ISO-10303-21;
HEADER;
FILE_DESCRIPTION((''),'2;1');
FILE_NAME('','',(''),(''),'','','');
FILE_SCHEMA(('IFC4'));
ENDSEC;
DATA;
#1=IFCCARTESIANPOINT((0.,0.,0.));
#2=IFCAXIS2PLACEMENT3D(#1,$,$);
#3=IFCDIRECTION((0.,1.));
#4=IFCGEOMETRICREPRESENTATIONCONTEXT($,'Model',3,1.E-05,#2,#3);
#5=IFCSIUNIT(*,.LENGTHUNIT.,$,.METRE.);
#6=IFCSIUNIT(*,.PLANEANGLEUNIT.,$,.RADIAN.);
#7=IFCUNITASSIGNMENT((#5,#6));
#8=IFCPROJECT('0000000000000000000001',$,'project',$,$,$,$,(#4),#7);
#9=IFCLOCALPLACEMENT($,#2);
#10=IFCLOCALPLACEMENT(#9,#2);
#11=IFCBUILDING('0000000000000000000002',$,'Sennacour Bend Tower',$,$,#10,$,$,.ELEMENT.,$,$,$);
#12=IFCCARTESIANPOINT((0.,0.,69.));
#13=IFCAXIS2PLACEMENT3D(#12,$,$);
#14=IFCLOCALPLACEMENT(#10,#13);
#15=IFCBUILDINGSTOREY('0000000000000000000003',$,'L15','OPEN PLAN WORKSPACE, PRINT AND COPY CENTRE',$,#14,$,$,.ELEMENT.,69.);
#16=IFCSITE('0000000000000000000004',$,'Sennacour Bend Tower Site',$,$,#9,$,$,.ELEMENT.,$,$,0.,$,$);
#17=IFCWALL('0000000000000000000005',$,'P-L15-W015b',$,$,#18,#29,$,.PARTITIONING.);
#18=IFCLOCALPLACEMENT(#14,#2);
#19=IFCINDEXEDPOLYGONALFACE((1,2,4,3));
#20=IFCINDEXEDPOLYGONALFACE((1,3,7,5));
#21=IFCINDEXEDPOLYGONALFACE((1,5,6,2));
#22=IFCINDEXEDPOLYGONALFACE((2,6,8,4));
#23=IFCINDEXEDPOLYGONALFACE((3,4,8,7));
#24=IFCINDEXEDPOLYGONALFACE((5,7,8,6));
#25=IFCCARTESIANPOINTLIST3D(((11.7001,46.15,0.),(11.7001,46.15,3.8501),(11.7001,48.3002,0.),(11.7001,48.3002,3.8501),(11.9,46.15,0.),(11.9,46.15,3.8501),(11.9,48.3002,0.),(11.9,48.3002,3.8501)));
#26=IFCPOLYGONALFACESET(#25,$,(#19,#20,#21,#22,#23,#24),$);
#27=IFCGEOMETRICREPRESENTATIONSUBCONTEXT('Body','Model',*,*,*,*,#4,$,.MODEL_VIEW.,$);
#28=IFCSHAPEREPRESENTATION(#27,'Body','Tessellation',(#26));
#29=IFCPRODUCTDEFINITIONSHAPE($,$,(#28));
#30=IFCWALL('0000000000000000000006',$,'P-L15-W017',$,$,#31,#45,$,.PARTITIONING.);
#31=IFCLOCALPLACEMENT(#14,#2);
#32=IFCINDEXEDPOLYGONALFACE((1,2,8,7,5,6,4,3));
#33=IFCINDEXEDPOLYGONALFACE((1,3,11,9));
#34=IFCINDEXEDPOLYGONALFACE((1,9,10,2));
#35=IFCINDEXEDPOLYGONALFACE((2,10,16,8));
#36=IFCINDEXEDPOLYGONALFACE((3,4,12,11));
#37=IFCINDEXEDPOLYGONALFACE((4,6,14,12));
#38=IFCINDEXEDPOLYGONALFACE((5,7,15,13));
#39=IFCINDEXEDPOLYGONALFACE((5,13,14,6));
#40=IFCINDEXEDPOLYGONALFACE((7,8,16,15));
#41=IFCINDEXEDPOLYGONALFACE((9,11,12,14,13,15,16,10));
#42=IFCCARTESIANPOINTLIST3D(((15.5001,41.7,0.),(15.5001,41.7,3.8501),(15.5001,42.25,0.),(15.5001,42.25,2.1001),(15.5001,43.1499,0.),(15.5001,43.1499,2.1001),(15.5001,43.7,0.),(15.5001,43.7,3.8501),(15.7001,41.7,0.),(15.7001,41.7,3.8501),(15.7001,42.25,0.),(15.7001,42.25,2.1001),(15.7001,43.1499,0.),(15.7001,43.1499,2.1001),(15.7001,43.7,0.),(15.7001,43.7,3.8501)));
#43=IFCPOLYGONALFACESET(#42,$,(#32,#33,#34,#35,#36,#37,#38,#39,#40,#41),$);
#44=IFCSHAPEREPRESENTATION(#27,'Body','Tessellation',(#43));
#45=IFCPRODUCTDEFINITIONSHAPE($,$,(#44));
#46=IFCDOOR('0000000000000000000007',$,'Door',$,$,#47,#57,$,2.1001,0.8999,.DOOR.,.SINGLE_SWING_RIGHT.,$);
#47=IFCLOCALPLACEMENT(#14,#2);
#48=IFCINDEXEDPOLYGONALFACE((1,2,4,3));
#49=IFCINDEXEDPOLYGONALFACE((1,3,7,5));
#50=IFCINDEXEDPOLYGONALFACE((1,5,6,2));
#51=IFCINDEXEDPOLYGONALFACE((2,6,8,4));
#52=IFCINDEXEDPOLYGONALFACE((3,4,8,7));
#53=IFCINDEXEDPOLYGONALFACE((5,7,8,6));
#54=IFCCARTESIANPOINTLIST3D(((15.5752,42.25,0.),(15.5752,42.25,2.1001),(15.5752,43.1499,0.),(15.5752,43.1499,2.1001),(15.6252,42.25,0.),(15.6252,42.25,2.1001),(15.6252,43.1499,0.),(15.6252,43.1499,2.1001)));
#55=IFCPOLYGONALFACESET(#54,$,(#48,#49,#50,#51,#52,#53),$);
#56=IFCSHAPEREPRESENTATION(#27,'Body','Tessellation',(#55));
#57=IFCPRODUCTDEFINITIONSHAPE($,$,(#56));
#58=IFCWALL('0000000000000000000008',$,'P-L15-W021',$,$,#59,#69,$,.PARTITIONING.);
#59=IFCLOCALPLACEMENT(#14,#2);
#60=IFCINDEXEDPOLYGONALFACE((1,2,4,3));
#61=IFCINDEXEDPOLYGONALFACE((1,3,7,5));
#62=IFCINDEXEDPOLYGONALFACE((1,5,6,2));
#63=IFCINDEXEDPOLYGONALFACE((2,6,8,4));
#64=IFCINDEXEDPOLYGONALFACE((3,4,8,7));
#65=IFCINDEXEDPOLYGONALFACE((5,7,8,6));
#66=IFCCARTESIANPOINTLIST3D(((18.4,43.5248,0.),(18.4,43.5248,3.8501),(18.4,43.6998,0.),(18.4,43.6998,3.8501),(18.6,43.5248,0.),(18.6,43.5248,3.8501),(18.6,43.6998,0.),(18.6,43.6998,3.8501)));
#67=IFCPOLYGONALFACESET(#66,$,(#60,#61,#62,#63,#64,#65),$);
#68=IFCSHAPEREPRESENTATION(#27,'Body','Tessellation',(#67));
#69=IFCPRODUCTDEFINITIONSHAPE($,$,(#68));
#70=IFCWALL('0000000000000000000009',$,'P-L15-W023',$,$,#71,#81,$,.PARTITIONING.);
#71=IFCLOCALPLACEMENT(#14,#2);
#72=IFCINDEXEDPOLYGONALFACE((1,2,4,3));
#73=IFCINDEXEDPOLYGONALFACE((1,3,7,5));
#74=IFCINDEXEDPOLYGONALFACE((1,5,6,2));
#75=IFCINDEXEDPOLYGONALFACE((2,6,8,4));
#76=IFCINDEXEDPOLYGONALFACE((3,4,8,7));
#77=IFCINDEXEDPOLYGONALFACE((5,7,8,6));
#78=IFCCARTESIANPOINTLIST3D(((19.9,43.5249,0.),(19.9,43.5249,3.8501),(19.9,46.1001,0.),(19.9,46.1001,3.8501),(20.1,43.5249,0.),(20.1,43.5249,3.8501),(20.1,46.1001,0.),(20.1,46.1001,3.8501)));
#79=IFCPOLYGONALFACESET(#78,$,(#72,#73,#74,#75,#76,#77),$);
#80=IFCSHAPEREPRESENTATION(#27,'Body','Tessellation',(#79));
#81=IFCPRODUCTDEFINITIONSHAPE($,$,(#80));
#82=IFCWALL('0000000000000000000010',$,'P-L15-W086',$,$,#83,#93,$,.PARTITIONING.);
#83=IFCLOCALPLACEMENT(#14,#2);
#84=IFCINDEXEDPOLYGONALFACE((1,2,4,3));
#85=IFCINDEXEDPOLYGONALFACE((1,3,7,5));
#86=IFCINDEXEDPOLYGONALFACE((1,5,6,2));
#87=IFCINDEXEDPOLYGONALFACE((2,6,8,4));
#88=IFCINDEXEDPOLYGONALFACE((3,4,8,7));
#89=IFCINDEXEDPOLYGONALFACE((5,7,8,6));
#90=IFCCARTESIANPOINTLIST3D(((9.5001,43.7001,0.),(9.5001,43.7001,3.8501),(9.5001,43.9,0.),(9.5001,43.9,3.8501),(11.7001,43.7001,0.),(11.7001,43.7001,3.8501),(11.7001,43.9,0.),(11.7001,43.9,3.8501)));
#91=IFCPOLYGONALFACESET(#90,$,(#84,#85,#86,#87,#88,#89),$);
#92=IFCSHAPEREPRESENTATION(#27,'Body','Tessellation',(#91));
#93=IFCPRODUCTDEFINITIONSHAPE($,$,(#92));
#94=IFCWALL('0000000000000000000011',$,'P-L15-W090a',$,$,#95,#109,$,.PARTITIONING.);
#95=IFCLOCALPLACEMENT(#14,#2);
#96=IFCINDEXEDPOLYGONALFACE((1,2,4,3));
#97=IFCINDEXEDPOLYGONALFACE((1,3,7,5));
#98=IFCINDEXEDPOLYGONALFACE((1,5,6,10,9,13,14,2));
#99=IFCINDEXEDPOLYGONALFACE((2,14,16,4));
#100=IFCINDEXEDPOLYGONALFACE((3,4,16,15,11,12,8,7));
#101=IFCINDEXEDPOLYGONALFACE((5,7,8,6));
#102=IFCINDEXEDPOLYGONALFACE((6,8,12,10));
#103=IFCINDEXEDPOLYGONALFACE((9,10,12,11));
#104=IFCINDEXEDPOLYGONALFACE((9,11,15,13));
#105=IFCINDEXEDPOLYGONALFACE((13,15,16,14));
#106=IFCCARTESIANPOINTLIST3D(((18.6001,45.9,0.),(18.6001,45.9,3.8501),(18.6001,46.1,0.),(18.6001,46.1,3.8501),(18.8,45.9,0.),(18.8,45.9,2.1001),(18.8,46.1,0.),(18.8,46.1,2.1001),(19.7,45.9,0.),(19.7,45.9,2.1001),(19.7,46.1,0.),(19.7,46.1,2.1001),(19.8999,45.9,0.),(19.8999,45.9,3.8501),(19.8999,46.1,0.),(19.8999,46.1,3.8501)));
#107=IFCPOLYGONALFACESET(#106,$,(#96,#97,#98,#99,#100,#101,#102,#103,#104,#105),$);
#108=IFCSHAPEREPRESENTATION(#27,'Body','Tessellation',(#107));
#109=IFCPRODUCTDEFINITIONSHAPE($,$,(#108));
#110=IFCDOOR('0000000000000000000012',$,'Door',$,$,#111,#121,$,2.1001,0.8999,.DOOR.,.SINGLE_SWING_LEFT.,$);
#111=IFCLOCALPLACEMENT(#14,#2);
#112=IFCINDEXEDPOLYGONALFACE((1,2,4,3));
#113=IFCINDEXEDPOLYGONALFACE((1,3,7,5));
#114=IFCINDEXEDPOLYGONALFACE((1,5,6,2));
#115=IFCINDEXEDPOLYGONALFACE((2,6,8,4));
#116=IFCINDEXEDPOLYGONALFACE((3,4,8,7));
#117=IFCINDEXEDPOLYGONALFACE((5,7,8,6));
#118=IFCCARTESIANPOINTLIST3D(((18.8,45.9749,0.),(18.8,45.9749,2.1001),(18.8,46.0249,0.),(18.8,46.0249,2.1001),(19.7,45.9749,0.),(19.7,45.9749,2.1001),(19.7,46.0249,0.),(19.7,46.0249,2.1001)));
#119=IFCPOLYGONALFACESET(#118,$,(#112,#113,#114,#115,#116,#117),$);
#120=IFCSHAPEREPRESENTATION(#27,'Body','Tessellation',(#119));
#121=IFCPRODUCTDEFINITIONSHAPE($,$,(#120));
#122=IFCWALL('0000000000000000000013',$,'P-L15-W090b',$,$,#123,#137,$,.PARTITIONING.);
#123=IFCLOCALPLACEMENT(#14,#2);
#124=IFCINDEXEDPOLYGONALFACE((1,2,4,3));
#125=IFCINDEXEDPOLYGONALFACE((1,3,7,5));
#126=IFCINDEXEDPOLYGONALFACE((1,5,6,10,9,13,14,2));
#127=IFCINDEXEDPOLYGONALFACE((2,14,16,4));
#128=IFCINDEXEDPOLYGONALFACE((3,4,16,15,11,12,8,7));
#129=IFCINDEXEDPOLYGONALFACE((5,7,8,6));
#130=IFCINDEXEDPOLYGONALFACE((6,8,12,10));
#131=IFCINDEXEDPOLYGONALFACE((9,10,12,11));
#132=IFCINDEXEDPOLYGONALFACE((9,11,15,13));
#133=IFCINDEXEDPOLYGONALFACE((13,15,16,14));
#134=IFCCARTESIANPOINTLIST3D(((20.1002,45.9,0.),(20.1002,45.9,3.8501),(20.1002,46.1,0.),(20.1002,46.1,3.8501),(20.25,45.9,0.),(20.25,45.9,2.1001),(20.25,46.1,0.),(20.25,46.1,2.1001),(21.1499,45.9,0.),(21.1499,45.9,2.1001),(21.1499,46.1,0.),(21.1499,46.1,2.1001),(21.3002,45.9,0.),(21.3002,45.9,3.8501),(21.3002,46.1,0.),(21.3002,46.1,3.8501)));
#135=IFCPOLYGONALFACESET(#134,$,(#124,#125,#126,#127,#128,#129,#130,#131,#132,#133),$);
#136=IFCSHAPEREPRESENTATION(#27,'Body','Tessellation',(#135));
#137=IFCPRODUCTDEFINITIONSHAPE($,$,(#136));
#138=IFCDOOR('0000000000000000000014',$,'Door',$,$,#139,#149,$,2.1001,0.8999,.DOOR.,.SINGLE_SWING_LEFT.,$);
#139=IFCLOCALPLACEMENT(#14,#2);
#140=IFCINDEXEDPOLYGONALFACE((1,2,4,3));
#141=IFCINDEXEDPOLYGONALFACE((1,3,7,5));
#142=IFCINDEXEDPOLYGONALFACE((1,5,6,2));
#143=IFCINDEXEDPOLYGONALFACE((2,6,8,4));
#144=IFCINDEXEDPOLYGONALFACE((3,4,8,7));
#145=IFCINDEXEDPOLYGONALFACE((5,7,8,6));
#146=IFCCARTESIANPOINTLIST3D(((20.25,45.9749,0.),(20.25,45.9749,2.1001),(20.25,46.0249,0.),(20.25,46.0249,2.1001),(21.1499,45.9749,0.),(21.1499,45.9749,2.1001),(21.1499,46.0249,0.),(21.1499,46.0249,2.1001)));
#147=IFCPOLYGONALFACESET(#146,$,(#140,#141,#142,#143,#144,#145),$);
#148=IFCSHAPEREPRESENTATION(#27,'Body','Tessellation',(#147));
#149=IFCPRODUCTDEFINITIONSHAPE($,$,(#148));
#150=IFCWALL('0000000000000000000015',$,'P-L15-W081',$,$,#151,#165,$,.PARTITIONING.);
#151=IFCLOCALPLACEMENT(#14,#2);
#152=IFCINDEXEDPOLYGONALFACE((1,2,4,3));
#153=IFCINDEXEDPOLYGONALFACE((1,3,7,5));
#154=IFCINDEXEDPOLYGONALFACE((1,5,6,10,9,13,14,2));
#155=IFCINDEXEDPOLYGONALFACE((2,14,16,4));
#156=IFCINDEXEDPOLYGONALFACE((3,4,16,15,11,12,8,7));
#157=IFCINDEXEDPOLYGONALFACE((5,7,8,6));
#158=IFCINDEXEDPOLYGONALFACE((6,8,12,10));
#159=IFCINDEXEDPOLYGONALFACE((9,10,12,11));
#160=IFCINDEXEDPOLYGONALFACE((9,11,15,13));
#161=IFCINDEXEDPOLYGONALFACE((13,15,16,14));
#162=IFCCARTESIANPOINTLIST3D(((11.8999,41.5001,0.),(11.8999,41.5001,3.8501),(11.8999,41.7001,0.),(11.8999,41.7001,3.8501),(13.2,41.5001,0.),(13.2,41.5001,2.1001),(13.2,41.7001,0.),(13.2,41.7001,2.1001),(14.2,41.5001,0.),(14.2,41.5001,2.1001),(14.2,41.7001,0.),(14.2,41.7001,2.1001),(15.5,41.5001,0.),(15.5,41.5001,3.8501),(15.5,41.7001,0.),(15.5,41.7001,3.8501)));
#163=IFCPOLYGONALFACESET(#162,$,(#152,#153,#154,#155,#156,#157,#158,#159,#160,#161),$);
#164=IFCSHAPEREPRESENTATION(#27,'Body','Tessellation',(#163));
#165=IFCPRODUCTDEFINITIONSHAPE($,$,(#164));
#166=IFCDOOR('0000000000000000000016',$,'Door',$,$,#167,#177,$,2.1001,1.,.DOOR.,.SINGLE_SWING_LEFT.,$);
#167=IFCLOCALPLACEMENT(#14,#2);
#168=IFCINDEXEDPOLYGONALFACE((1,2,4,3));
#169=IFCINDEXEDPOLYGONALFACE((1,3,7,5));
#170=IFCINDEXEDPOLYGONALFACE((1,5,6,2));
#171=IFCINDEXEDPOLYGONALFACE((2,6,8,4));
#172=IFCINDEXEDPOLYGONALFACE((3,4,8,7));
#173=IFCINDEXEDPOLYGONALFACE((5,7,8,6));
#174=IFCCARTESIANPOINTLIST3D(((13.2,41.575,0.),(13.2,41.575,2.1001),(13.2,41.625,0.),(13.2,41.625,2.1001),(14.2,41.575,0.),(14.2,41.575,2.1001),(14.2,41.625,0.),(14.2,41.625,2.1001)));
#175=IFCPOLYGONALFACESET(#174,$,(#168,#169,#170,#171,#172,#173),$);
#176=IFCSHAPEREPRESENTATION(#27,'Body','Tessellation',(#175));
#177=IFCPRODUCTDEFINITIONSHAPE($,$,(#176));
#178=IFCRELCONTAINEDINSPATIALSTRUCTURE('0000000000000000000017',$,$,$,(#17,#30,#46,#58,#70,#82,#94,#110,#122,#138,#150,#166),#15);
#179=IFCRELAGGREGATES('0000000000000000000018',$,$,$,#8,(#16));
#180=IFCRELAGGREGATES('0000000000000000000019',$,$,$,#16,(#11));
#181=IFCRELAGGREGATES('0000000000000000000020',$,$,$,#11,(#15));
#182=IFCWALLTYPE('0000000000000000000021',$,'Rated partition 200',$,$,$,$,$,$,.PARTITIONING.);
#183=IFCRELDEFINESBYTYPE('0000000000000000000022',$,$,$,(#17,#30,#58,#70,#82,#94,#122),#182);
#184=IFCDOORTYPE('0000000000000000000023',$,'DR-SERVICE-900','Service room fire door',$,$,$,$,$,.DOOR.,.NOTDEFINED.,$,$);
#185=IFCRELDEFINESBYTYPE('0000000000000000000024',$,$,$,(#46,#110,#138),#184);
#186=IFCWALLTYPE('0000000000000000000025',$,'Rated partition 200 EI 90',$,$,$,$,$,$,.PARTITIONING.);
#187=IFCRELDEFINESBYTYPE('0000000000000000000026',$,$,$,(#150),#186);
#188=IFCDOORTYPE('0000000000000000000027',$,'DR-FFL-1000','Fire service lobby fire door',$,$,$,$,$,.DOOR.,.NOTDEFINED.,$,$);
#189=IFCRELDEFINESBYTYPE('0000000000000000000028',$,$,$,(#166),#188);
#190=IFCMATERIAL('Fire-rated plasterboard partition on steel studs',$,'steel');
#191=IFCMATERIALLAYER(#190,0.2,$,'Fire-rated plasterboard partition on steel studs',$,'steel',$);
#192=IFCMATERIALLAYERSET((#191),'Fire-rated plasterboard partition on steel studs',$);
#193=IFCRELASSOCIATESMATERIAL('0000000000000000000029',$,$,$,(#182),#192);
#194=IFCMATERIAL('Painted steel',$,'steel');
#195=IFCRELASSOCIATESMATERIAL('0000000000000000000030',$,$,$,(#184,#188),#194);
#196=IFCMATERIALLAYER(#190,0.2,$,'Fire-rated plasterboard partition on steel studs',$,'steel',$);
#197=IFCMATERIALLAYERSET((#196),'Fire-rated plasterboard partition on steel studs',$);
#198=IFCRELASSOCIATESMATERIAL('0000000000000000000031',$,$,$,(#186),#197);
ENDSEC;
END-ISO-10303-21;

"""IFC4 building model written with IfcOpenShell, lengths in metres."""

from ifc_helpers import new_model, si_unit, direction, frame, frame_2d, origin, place, context, subcontext, project, spatial, rectangle, extrude, material, layer, layer_set, type_object, element, fill, save


model = new_model("IFC4")

# Units and contexts
model_context = context("Model", 3, precision=1e-05, world=origin(), true_north=direction((0.0, 1.0)))
body_context = subcontext(model_context, "Body", "Model", "MODEL_VIEW")
ifc_project = project(units=[si_unit("LENGTHUNIT", "METRE"), si_unit("PLANEANGLEUNIT", "RADIAN")], contexts=[model_context])

# Site, building, storey
site_placement = place(None, origin())
site = spatial("IfcSite", under=ifc_project, at=site_placement, Name="Sennacour Bend Tower Site", CompositionType="ELEMENT", RefElevation=0.0)
building_placement = place(site_placement, origin())
building = spatial("IfcBuilding", under=site, at=building_placement, Name="Sennacour Bend Tower", CompositionType="ELEMENT")
storey_placement = place(building_placement, frame((0.0, 0.0, 69.0)))
storey = spatial("IfcBuildingStorey", under=building, at=storey_placement, Name="L15", Description="OPEN PLAN WORKSPACE, PRINT AND COPY CENTRE", CompositionType="ELEMENT", Elevation=69.0)

# Wall
ifc_material_1 = material(Name="Fire-rated plasterboard partition on steel studs", Category="steel")
ifc_layer_1 = layer(ifc_material_1, 0.2, Name="Fire-rated plasterboard partition on steel studs", Category="steel")
ifc_layer_set_1 = layer_set([ifc_layer_1], Name="Fire-rated plasterboard partition on steel studs")
wall_type_1 = type_object("IfcWallType", Name="Rated partition 200", PredefinedType="PARTITIONING", material=ifc_layer_set_1)
wall_1_placement = place(storey_placement, frame((11.8, 46.1499, 0.0), z_axis=(0.0, 0.0, 1.0), x_axis=(0.0, 1.0, 0.0)))
element("IfcWall", 1, at=wall_1_placement, inside=storey, type_object=wall_type_1, Name="P-L15-W015b", PredefinedType="PARTITIONING", context=body_context, shape_type="SweptSolid", body=[
    extrude(rectangle(XDim=2.1501, YDim=0.2, at=frame_2d((1.0752, 0.0))), origin(), (0.0, 0.0, 1.0), 3.8501),
])

# Wall, opening, door
wall_2_placement = place(storey_placement, frame((15.6001, 41.7, 0.0), z_axis=(0.0, 0.0, 1.0), x_axis=(0.0, 1.0, 0.0)))
wall_2 = element("IfcWall", 2, at=wall_2_placement, inside=storey, type_object=wall_type_1, Name="P-L15-W017", PredefinedType="PARTITIONING", context=body_context, shape_type="SweptSolid", body=[
    extrude(rectangle(XDim=2.0, YDim=0.2, at=frame_2d((1.0, 0.0))), origin(), (0.0, 0.0, 1.0), 3.8501),
])
opening_1_placement = place(wall_2_placement, frame((0.55, 0.0, 0.0)))
opening_1 = element("IfcOpeningElement", 3, at=opening_1_placement, cuts=wall_2, PredefinedType="OPENING", context=body_context, shape_type="SweptSolid", body=[
    extrude(rectangle(XDim=0.8999, YDim=2.1001, at=frame_2d((0.45, 1.05))), frame((0.0, 0.1099, 0.0), z_axis=(0.0, -1.0, 0.0), x_axis=(1.0, 0.0, 0.0)), (0.0, 0.0, 1.0), 0.22),
])
ifc_material_2 = material(Name="Painted steel", Category="steel")
door_type_1 = type_object("IfcDoorType", Name="DR-SERVICE-900", Description="Service room fire door", OperationType="NOTDEFINED", PredefinedType="DOOR", material=ifc_material_2)
door_1_placement = place(opening_1_placement, origin())
door_1 = element("IfcDoor", 4, at=door_1_placement, inside=storey, type_object=door_type_1, Name="Door", OperationType="SINGLE_SWING_RIGHT", OverallHeight=2.1001, OverallWidth=0.8999, PredefinedType="DOOR", context=body_context, shape_type="SweptSolid", body=[
    extrude(rectangle(XDim=0.8999, YDim=2.1001, at=frame_2d((0.45, 1.05))), frame((0.0, 0.0249, 0.0), z_axis=(0.0, -1.0, 0.0), x_axis=(1.0, 0.0, 0.0)), (0.0, 0.0, 1.0), 0.05),
])
fill(opening_1, door_1)

# Walls
wall_3_placement = place(storey_placement, frame((18.5, 43.5249, 0.0), z_axis=(0.0, 0.0, 1.0), x_axis=(0.0, 1.0, 0.0)))
element("IfcWall", 5, at=wall_3_placement, inside=storey, type_object=wall_type_1, Name="P-L15-W021", PredefinedType="PARTITIONING", context=body_context, shape_type="SweptSolid", body=[
    extrude(rectangle(XDim=0.175, YDim=0.2, at=frame_2d((0.0874, 0.0))), origin(), (0.0, 0.0, 1.0), 3.8501),
])
wall_4_placement = place(storey_placement, frame((20.0, 43.5249, 0.0), z_axis=(0.0, 0.0, 1.0), x_axis=(0.0, 1.0, 0.0)))
element("IfcWall", 6, at=wall_4_placement, inside=storey, type_object=wall_type_1, Name="P-L15-W023", PredefinedType="PARTITIONING", context=body_context, shape_type="SweptSolid", body=[
    extrude(rectangle(XDim=2.5752, YDim=0.2, at=frame_2d((1.2876, 0.0))), origin(), (0.0, 0.0, 1.0), 3.8501),
])
wall_5_placement = place(storey_placement, frame((9.5, 43.8, 0.0), z_axis=(0.0, 0.0, 1.0), x_axis=(1.0, 0.0, 0.0)))
element("IfcWall", 7, at=wall_5_placement, inside=storey, type_object=wall_type_1, Name="P-L15-W086", PredefinedType="PARTITIONING", context=body_context, shape_type="SweptSolid", body=[
    extrude(rectangle(XDim=2.2, YDim=0.2, at=frame_2d((1.1001, 0.0))), origin(), (0.0, 0.0, 1.0), 3.8501),
])

# Walls, openings, doors
wall_6_placement = place(storey_placement, frame((18.6001, 46.0, 0.0), z_axis=(0.0, 0.0, 1.0), x_axis=(1.0, 0.0, 0.0)))
wall_6 = element("IfcWall", 8, at=wall_6_placement, inside=storey, type_object=wall_type_1, Name="P-L15-W090a", PredefinedType="PARTITIONING", context=body_context, shape_type="SweptSolid", body=[
    extrude(rectangle(XDim=1.2998, YDim=0.2, at=frame_2d((0.6499, 0.0))), origin(), (0.0, 0.0, 1.0), 3.8501),
])
opening_2_placement = place(wall_6_placement, frame((0.2, 0.0, 0.0)))
opening_2 = element("IfcOpeningElement", 9, at=opening_2_placement, cuts=wall_6, PredefinedType="OPENING", context=body_context, shape_type="SweptSolid", body=[
    extrude(rectangle(XDim=0.8999, YDim=2.1001, at=frame_2d((0.45, 1.05))), frame((0.0, 0.1099, 0.0), z_axis=(0.0, -1.0, 0.0), x_axis=(1.0, 0.0, 0.0)), (0.0, 0.0, 1.0), 0.22),
])
door_2_placement = place(opening_2_placement, origin())
door_2 = element("IfcDoor", 10, at=door_2_placement, inside=storey, type_object=door_type_1, Name="Door", OperationType="SINGLE_SWING_LEFT", OverallHeight=2.1001, OverallWidth=0.8999, PredefinedType="DOOR", context=body_context, shape_type="SweptSolid", body=[
    extrude(rectangle(XDim=0.8999, YDim=2.1001, at=frame_2d((0.45, 1.05))), frame((0.0, 0.0249, 0.0), z_axis=(0.0, -1.0, 0.0), x_axis=(1.0, 0.0, 0.0)), (0.0, 0.0, 1.0), 0.05),
])
fill(opening_2, door_2)
wall_7_placement = place(storey_placement, frame((20.1001, 46.0, 0.0), z_axis=(0.0, 0.0, 1.0), x_axis=(1.0, 0.0, 0.0)))
wall_7 = element("IfcWall", 11, at=wall_7_placement, inside=storey, type_object=wall_type_1, Name="P-L15-W090b", PredefinedType="PARTITIONING", context=body_context, shape_type="SweptSolid", body=[
    extrude(rectangle(XDim=1.2, YDim=0.2, at=frame_2d((0.6001, 0.0))), origin(), (0.0, 0.0, 1.0), 3.8501),
])
opening_3_placement = place(wall_7_placement, frame((0.1499, 0.0, 0.0)))
opening_3 = element("IfcOpeningElement", 12, at=opening_3_placement, cuts=wall_7, PredefinedType="OPENING", context=body_context, shape_type="SweptSolid", body=[
    extrude(rectangle(XDim=0.8999, YDim=2.1001, at=frame_2d((0.45, 1.05))), frame((0.0, 0.1099, 0.0), z_axis=(0.0, -1.0, 0.0), x_axis=(1.0, 0.0, 0.0)), (0.0, 0.0, 1.0), 0.22),
])
door_3_placement = place(opening_3_placement, origin())
door_3 = element("IfcDoor", 13, at=door_3_placement, inside=storey, type_object=door_type_1, Name="Door", OperationType="SINGLE_SWING_LEFT", OverallHeight=2.1001, OverallWidth=0.8999, PredefinedType="DOOR", context=body_context, shape_type="SweptSolid", body=[
    extrude(rectangle(XDim=0.8999, YDim=2.1001, at=frame_2d((0.45, 1.05))), frame((0.0, 0.0249, 0.0), z_axis=(0.0, -1.0, 0.0), x_axis=(1.0, 0.0, 0.0)), (0.0, 0.0, 1.0), 0.05),
])
fill(opening_3, door_3)
ifc_layer_2 = layer(ifc_material_1, 0.2, Name="Fire-rated plasterboard partition on steel studs", Category="steel")
ifc_layer_set_2 = layer_set([ifc_layer_2], Name="Fire-rated plasterboard partition on steel studs")
wall_type_2 = type_object("IfcWallType", Name="Rated partition 200 EI 90", PredefinedType="PARTITIONING", material=ifc_layer_set_2)
wall_8_placement = place(storey_placement, frame((11.8999, 41.6001, 0.0), z_axis=(0.0, 0.0, 1.0), x_axis=(1.0, 0.0, 0.0)))
wall_8 = element("IfcWall", 14, at=wall_8_placement, inside=storey, type_object=wall_type_2, Name="P-L15-W081", PredefinedType="PARTITIONING", context=body_context, shape_type="SweptSolid", body=[
    extrude(rectangle(XDim=3.6001, YDim=0.2, at=frame_2d((1.8, 0.0))), origin(), (0.0, 0.0, 1.0), 3.8501),
])
opening_4_placement = place(wall_8_placement, frame((1.3, 0.0, 0.0)))
opening_4 = element("IfcOpeningElement", 15, at=opening_4_placement, cuts=wall_8, PredefinedType="OPENING", context=body_context, shape_type="SweptSolid", body=[
    extrude(rectangle(XDim=1.0, YDim=2.1001, at=frame_2d((0.5, 1.05))), frame((0.0, 0.1099, 0.0), z_axis=(0.0, -1.0, 0.0), x_axis=(1.0, 0.0, 0.0)), (0.0, 0.0, 1.0), 0.22),
])
door_type_2 = type_object("IfcDoorType", Name="DR-FFL-1000", Description="Fire service lobby fire door", OperationType="NOTDEFINED", PredefinedType="DOOR", material=ifc_material_2)
door_4_placement = place(opening_4_placement, origin())
door_4 = element("IfcDoor", 16, at=door_4_placement, inside=storey, type_object=door_type_2, Name="Door", OperationType="SINGLE_SWING_LEFT", OverallHeight=2.1001, OverallWidth=1.0, PredefinedType="DOOR", context=body_context, shape_type="SweptSolid", body=[
    extrude(rectangle(XDim=1.0, YDim=2.1001, at=frame_2d((0.5, 1.05))), frame((0.0, 0.0249, 0.0), z_axis=(0.0, -1.0, 0.0), x_axis=(1.0, 0.0, 0.0)), (0.0, 0.0, 1.0), 0.05),
])
fill(opening_4, door_4)

save(model, "model.ifc")
